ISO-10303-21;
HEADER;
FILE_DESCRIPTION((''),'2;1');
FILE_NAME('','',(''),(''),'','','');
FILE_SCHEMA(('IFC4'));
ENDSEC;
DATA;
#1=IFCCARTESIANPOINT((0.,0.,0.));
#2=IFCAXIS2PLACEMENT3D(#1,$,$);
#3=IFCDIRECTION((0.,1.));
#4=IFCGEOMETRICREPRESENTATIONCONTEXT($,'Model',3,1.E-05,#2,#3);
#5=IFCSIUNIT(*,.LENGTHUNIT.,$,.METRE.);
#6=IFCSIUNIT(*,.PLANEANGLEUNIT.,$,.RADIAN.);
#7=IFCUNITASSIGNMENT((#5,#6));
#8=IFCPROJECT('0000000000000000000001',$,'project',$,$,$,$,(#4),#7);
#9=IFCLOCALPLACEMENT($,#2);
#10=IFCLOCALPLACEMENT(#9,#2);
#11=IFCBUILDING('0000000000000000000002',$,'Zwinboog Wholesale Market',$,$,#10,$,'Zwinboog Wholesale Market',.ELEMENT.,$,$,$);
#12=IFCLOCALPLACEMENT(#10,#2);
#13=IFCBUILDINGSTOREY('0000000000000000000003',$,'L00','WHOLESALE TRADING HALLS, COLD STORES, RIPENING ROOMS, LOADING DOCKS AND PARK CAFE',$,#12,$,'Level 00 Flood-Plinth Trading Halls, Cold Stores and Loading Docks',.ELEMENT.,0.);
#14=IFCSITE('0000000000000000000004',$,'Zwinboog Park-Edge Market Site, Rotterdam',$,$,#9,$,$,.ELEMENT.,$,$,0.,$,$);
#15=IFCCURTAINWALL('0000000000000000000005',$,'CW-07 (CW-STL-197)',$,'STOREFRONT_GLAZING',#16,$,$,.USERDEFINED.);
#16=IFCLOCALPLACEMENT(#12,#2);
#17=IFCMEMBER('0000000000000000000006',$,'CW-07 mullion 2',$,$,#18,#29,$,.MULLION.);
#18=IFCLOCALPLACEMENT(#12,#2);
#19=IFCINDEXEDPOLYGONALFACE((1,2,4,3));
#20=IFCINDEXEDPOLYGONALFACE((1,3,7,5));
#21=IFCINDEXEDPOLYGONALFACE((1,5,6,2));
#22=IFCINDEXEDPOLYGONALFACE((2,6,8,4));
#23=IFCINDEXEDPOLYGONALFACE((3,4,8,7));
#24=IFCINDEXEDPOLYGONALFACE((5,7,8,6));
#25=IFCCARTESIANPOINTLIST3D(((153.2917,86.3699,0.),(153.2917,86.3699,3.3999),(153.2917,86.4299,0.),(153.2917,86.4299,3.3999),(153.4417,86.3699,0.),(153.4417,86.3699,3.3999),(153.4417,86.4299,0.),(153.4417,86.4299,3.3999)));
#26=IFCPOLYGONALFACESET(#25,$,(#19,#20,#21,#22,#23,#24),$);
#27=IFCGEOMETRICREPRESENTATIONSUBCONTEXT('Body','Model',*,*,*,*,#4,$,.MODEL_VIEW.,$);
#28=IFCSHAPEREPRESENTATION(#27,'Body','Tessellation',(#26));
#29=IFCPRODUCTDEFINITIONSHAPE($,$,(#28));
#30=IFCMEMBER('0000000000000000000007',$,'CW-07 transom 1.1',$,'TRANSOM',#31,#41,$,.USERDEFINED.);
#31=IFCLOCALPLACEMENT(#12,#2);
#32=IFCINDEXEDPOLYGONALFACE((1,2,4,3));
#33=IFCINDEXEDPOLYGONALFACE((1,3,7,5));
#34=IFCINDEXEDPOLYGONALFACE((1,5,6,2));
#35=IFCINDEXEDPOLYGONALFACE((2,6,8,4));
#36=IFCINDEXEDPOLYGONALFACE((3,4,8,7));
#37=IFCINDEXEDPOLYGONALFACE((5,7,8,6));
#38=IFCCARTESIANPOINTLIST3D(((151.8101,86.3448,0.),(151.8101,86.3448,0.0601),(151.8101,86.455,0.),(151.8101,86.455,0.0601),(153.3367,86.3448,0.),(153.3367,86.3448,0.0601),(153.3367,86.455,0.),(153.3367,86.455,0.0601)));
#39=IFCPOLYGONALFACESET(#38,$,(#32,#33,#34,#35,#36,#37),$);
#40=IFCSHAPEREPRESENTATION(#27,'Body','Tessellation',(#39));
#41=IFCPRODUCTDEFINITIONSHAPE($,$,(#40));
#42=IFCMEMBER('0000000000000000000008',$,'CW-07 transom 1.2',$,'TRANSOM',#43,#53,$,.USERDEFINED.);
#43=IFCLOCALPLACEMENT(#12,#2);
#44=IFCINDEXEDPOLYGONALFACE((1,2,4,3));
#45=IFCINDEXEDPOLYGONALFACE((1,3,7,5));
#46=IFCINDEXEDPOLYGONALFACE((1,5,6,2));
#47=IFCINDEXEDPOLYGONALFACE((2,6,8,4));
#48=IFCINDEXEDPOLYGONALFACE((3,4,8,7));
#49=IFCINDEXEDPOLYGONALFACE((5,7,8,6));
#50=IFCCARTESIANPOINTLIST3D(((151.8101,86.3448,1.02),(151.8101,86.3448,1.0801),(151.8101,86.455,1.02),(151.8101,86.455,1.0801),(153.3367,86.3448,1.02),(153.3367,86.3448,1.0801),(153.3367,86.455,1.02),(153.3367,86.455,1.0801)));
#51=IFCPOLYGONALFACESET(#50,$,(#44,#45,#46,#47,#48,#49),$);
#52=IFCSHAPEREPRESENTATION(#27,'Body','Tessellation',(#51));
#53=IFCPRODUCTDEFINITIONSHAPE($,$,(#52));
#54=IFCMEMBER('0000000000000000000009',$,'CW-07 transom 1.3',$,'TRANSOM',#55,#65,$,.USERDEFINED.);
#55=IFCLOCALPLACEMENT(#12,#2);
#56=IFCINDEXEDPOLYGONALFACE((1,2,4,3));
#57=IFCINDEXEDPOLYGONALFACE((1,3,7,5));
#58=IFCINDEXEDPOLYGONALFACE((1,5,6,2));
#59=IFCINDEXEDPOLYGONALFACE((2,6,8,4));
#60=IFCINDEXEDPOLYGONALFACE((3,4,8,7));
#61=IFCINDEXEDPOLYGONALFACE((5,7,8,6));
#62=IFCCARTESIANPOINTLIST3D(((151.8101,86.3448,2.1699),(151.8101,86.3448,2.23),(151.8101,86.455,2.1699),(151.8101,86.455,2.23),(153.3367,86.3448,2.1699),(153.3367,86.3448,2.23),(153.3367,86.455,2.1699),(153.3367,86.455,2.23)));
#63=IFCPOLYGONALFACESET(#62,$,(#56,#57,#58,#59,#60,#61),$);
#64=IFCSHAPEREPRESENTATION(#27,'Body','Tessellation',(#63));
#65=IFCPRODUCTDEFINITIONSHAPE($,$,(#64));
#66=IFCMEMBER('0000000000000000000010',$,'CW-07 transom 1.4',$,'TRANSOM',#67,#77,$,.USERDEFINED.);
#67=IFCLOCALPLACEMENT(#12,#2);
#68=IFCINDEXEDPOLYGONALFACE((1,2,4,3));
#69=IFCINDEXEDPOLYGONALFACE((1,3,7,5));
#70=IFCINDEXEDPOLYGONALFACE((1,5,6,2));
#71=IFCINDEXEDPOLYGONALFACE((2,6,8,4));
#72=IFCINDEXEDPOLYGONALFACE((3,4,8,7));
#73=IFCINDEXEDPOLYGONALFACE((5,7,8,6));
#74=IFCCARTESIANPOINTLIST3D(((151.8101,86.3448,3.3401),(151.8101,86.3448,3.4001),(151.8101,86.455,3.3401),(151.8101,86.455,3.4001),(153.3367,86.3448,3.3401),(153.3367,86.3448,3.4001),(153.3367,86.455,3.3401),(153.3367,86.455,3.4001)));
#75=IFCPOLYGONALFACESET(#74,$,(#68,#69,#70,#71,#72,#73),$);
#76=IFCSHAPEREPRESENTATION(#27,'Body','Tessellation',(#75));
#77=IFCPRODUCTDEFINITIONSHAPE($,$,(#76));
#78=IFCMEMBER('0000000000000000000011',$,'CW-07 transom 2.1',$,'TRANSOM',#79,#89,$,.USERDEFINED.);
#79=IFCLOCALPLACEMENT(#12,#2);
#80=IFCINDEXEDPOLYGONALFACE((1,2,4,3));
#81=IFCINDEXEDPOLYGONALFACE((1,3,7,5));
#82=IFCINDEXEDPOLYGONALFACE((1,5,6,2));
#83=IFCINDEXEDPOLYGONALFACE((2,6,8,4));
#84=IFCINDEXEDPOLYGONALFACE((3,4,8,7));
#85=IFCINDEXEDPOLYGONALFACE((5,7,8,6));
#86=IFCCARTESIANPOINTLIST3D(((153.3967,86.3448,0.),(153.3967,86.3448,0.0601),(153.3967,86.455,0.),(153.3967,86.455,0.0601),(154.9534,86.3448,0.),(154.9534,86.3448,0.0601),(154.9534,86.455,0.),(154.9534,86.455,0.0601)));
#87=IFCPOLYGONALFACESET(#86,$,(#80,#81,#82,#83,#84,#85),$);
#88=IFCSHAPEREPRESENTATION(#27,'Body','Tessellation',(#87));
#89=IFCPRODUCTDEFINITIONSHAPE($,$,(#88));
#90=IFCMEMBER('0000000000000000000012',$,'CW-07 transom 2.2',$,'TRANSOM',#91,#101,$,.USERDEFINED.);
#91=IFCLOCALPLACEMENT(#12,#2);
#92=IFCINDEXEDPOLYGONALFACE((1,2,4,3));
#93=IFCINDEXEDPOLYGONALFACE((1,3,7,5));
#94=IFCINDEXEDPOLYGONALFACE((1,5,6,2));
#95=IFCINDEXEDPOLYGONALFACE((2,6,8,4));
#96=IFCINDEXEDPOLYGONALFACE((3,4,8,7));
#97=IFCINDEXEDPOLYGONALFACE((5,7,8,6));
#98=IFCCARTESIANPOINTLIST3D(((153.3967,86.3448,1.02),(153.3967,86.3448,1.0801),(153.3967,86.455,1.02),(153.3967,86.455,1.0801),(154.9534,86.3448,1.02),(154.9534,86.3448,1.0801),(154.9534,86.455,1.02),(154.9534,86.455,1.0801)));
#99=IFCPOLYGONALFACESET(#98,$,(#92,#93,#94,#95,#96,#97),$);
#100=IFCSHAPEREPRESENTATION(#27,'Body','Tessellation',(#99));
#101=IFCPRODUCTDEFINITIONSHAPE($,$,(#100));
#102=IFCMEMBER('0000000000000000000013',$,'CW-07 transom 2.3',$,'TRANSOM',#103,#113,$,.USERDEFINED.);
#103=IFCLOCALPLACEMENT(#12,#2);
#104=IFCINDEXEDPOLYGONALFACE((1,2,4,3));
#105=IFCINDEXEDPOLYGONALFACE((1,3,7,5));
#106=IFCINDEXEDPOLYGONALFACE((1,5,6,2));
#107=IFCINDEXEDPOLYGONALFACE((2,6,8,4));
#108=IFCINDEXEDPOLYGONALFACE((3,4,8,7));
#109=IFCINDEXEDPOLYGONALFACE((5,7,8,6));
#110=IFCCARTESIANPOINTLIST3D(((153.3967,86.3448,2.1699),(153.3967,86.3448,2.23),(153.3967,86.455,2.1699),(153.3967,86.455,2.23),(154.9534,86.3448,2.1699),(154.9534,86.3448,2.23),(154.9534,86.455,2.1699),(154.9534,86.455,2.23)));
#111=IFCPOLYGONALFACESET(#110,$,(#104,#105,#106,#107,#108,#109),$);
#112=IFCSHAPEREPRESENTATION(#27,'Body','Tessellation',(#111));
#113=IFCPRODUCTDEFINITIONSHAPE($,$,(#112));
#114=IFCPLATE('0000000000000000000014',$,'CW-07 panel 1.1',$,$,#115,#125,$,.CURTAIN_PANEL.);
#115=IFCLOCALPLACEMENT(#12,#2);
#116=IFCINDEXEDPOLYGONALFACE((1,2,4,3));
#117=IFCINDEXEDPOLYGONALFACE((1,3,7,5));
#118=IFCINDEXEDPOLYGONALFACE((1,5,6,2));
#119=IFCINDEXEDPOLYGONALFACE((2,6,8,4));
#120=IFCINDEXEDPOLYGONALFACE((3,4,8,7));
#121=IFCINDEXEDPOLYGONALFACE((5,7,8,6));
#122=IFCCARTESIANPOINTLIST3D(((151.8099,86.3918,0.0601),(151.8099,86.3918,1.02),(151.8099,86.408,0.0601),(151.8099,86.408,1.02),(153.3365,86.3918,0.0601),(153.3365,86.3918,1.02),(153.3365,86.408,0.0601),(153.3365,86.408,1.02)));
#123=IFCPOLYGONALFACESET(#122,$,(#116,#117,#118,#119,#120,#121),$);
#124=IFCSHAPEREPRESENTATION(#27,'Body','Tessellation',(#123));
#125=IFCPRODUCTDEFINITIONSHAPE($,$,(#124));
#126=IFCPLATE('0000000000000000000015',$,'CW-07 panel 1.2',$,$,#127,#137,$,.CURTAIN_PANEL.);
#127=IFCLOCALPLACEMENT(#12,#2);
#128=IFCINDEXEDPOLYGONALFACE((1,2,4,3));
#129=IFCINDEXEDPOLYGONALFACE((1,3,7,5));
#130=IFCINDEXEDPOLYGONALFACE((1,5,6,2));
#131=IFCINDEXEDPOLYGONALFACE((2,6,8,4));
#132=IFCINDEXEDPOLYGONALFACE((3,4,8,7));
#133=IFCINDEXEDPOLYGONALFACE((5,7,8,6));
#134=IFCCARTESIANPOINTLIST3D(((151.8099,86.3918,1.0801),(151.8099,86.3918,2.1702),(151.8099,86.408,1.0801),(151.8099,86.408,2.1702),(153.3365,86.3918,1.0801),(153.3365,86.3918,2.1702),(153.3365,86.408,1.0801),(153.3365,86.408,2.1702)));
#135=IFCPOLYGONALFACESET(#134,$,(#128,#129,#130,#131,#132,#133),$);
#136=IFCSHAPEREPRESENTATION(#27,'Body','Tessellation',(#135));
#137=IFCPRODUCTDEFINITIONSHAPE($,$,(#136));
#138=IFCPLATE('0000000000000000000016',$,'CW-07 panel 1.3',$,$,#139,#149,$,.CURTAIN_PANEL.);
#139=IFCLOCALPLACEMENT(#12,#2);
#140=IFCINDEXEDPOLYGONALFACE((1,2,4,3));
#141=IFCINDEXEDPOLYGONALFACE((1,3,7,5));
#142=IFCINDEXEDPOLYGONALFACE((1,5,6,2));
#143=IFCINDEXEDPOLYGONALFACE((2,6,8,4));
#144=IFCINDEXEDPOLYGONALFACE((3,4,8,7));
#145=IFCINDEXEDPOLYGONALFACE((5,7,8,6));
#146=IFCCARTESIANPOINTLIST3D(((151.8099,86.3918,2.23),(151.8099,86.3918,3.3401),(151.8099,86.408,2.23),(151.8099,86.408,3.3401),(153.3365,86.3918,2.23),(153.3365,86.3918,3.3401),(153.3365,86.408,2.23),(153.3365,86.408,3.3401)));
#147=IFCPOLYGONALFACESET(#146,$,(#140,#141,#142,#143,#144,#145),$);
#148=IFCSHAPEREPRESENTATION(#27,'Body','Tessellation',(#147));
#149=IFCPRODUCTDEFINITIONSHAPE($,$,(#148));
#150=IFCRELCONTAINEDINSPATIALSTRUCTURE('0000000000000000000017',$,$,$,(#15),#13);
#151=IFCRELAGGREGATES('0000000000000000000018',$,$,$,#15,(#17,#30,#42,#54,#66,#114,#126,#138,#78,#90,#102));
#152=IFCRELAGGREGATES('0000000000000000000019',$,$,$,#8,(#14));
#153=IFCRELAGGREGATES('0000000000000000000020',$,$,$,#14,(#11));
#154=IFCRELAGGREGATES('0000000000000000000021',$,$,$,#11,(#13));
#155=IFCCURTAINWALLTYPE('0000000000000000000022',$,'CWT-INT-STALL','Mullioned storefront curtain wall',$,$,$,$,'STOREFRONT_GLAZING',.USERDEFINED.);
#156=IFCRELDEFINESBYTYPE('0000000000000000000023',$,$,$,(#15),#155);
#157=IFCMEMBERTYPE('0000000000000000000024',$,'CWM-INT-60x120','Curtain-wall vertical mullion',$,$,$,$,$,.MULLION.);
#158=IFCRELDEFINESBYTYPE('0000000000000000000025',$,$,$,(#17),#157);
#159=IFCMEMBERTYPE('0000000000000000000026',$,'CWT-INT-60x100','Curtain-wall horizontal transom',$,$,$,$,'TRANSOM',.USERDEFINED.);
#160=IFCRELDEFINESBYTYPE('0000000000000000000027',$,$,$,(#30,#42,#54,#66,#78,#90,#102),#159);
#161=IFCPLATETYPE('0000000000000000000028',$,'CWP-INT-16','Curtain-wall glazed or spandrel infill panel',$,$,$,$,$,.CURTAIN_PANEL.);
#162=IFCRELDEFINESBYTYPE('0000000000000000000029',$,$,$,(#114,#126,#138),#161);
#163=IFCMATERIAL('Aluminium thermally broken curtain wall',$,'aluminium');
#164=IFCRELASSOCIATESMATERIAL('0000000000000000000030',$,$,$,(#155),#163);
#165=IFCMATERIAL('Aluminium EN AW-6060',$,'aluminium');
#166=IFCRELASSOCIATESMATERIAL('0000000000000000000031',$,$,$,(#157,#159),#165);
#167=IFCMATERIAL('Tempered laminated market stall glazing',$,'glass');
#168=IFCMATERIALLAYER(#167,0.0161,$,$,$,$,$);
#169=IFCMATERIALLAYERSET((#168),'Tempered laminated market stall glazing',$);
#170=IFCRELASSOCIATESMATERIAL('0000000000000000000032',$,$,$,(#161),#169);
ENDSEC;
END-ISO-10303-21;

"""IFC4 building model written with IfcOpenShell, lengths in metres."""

from ifc_helpers import new_model, si_unit, direction, frame, origin, origin_2d, place, context, subcontext, project, spatial, rectangle, extrude, material, layer, layer_set, material_profile, profile_set, type_object, element, aggregate, save


model = new_model("IFC4")

# Units and contexts
model_context = context("Model", 3, precision=1e-05, world=origin(), true_north=direction((0.0, 1.0)))
body_context = subcontext(model_context, "Body", "Model", "MODEL_VIEW")
ifc_project = project(units=[si_unit("LENGTHUNIT", "METRE"), si_unit("PLANEANGLEUNIT", "RADIAN")], contexts=[model_context])

# Site, building, storey
site_placement = place(None, origin())
site = spatial("IfcSite", under=ifc_project, at=site_placement, Name="Zwinboog Park-Edge Market Site, Rotterdam", CompositionType="ELEMENT", RefElevation=0.0)
building_placement = place(site_placement, origin())
building = spatial("IfcBuilding", under=site, at=building_placement, Name="Zwinboog Wholesale Market", LongName="Zwinboog Wholesale Market", CompositionType="ELEMENT")
storey_placement = place(building_placement, origin())
storey = spatial("IfcBuildingStorey", under=building, at=storey_placement, Name="L00", Description="WHOLESALE TRADING HALLS, COLD STORES, RIPENING ROOMS, LOADING DOCKS AND PARK CAFE", LongName="Level 00 Flood-Plinth Trading Halls, Cold Stores and Loading Docks", CompositionType="ELEMENT", Elevation=0.0)

# Curtain wall, members, plates
ifc_material_1 = material(Name="Aluminium thermally broken curtain wall", Category="aluminium")
curtain_wall_type = type_object("IfcCurtainWallType", Name="CWT-INT-STALL", Description="Mullioned storefront curtain wall", ElementType="STOREFRONT_GLAZING", PredefinedType="USERDEFINED", material=ifc_material_1)
curtain_wall_placement = place(storey_placement, origin())
curtain_wall = element("IfcCurtainWall", 1, at=curtain_wall_placement, inside=storey, type_object=curtain_wall_type, Name="CW-07 (CW-STL-197)", ObjectType="STOREFRONT_GLAZING", PredefinedType="USERDEFINED")
ifc_material_2 = material(Name="Aluminium EN AW-6060", Category="aluminium")
ifc_material_profile_1 = material_profile(ifc_material_2, rectangle(XDim=0.0601, YDim=0.1499, at=origin_2d()), Name="AL 60x150")
ifc_profile_set_1 = profile_set([ifc_material_profile_1], Name="Aluminium EN AW-6060")
member_type_1 = type_object("IfcMemberType", Name="CWM-INT-60x120", Description="Curtain-wall vertical mullion", PredefinedType="MULLION", material=ifc_profile_set_1)
member_1_placement = place(storey_placement, frame((153.3667, 86.3999, 0.0), z_axis=(0.0, 0.0, 1.0), x_axis=(0.0, 1.0, 0.0)))
member_1 = element("IfcMember", 2, at=member_1_placement, type_object=member_type_1, Name="CW-07 mullion 2", PredefinedType="MULLION", context=body_context, shape_type="SweptSolid", body=[
    extrude(rectangle(XDim=0.0601, YDim=0.1499, at=origin_2d()), origin(), (0.0, 0.0, 1.0), 3.3999),
])
ifc_material_profile_2 = material_profile(ifc_material_2, rectangle(XDim=0.1101, YDim=0.0601, at=origin_2d()), Name="AL 60x110")
ifc_profile_set_2 = profile_set([ifc_material_profile_2], Name="Aluminium EN AW-6060")
member_type_2 = type_object("IfcMemberType", Name="CWT-INT-60x100", Description="Curtain-wall horizontal transom", ElementType="TRANSOM", PredefinedType="USERDEFINED", material=ifc_profile_set_2)
member_2_placement = place(storey_placement, frame((151.8101, 86.3999, 0.03), z_axis=(1.0, 0.0, 0.0), x_axis=(0.0, 1.0, 0.0)))
member_2 = element("IfcMember", 3, at=member_2_placement, type_object=member_type_2, Name="CW-07 transom 1.1", ObjectType="TRANSOM", PredefinedType="USERDEFINED", context=body_context, shape_type="SweptSolid", body=[
    extrude(rectangle(XDim=0.1101, YDim=0.0601, at=origin_2d()), origin(), (0.0, 0.0, 1.0), 1.5266),
])
member_3_placement = place(storey_placement, frame((151.8101, 86.3999, 1.05), z_axis=(1.0, 0.0, 0.0), x_axis=(0.0, 1.0, 0.0)))
member_3 = element("IfcMember", 4, at=member_3_placement, type_object=member_type_2, Name="CW-07 transom 1.2", ObjectType="TRANSOM", PredefinedType="USERDEFINED", context=body_context, shape_type="SweptSolid", body=[
    extrude(rectangle(XDim=0.1101, YDim=0.0601, at=origin_2d()), origin(), (0.0, 0.0, 1.0), 1.5266),
])
member_4_placement = place(storey_placement, frame((151.8101, 86.3999, 2.2), z_axis=(1.0, 0.0, 0.0), x_axis=(0.0, 1.0, 0.0)))
member_4 = element("IfcMember", 5, at=member_4_placement, type_object=member_type_2, Name="CW-07 transom 1.3", ObjectType="TRANSOM", PredefinedType="USERDEFINED", context=body_context, shape_type="SweptSolid", body=[
    extrude(rectangle(XDim=0.1101, YDim=0.0601, at=origin_2d()), origin(), (0.0, 0.0, 1.0), 1.5266),
])
member_5_placement = place(storey_placement, frame((151.8101, 86.3999, 3.3701), z_axis=(1.0, 0.0, 0.0), x_axis=(0.0, 1.0, 0.0)))
member_5 = element("IfcMember", 6, at=member_5_placement, type_object=member_type_2, Name="CW-07 transom 1.4", ObjectType="TRANSOM", PredefinedType="USERDEFINED", context=body_context, shape_type="SweptSolid", body=[
    extrude(rectangle(XDim=0.1101, YDim=0.0601, at=origin_2d()), origin(), (0.0, 0.0, 1.0), 1.5266),
])
member_6_placement = place(storey_placement, frame((153.3967, 86.3999, 0.03), z_axis=(1.0, 0.0, 0.0), x_axis=(0.0, 1.0, 0.0)))
member_6 = element("IfcMember", 7, at=member_6_placement, type_object=member_type_2, Name="CW-07 transom 2.1", ObjectType="TRANSOM", PredefinedType="USERDEFINED", context=body_context, shape_type="SweptSolid", body=[
    extrude(rectangle(XDim=0.1101, YDim=0.0601, at=origin_2d()), origin(), (0.0, 0.0, 1.0), 1.5566),
])
member_7_placement = place(storey_placement, frame((153.3967, 86.3999, 1.05), z_axis=(1.0, 0.0, 0.0), x_axis=(0.0, 1.0, 0.0)))
member_7 = element("IfcMember", 8, at=member_7_placement, type_object=member_type_2, Name="CW-07 transom 2.2", ObjectType="TRANSOM", PredefinedType="USERDEFINED", context=body_context, shape_type="SweptSolid", body=[
    extrude(rectangle(XDim=0.1101, YDim=0.0601, at=origin_2d()), origin(), (0.0, 0.0, 1.0), 1.5566),
])
member_8_placement = place(storey_placement, frame((153.3967, 86.3999, 2.2), z_axis=(1.0, 0.0, 0.0), x_axis=(0.0, 1.0, 0.0)))
member_8 = element("IfcMember", 9, at=member_8_placement, type_object=member_type_2, Name="CW-07 transom 2.3", ObjectType="TRANSOM", PredefinedType="USERDEFINED", context=body_context, shape_type="SweptSolid", body=[
    extrude(rectangle(XDim=0.1101, YDim=0.0601, at=origin_2d()), origin(), (0.0, 0.0, 1.0), 1.5566),
])
ifc_material_3 = material(Name="Tempered laminated market stall glazing", Category="glass")
ifc_layer = layer(ifc_material_3, 0.0161)
ifc_layer_set = layer_set([ifc_layer], Name="Tempered laminated market stall glazing")
plate_type = type_object("IfcPlateType", Name="CWP-INT-16", Description="Curtain-wall glazed or spandrel infill panel", PredefinedType="CURTAIN_PANEL", material=ifc_layer_set)
plate_1_placement = place(storey_placement, frame((152.5732, 86.3999, 0.0601), z_axis=(0.0, 0.0, 1.0), x_axis=(1.0, 0.0, 0.0)))
plate_1 = element("IfcPlate", 10, at=plate_1_placement, type_object=plate_type, Name="CW-07 panel 1.1", PredefinedType="CURTAIN_PANEL", context=body_context, shape_type="SweptSolid", body=[
    extrude(rectangle(XDim=1.5266, YDim=0.0161, at=origin_2d()), origin(), (0.0, 0.0, 1.0), 0.96),
])
plate_2_placement = place(storey_placement, frame((152.5732, 86.3999, 1.0801), z_axis=(0.0, 0.0, 1.0), x_axis=(1.0, 0.0, 0.0)))
plate_2 = element("IfcPlate", 11, at=plate_2_placement, type_object=plate_type, Name="CW-07 panel 1.2", PredefinedType="CURTAIN_PANEL", context=body_context, shape_type="SweptSolid", body=[
    extrude(rectangle(XDim=1.5266, YDim=0.0161, at=origin_2d()), origin(), (0.0, 0.0, 1.0), 1.0901),
])
plate_3_placement = place(storey_placement, frame((152.5732, 86.3999, 2.23), z_axis=(0.0, 0.0, 1.0), x_axis=(1.0, 0.0, 0.0)))
plate_3 = element("IfcPlate", 12, at=plate_3_placement, type_object=plate_type, Name="CW-07 panel 1.3", PredefinedType="CURTAIN_PANEL", context=body_context, shape_type="SweptSolid", body=[
    extrude(rectangle(XDim=1.5266, YDim=0.0161, at=origin_2d()), origin(), (0.0, 0.0, 1.0), 1.1101),
])
aggregate(curtain_wall, [member_1, member_2, member_3, member_4, member_5, plate_1, plate_2, plate_3, member_6, member_7, member_8])

save(model, "model.ifc")
